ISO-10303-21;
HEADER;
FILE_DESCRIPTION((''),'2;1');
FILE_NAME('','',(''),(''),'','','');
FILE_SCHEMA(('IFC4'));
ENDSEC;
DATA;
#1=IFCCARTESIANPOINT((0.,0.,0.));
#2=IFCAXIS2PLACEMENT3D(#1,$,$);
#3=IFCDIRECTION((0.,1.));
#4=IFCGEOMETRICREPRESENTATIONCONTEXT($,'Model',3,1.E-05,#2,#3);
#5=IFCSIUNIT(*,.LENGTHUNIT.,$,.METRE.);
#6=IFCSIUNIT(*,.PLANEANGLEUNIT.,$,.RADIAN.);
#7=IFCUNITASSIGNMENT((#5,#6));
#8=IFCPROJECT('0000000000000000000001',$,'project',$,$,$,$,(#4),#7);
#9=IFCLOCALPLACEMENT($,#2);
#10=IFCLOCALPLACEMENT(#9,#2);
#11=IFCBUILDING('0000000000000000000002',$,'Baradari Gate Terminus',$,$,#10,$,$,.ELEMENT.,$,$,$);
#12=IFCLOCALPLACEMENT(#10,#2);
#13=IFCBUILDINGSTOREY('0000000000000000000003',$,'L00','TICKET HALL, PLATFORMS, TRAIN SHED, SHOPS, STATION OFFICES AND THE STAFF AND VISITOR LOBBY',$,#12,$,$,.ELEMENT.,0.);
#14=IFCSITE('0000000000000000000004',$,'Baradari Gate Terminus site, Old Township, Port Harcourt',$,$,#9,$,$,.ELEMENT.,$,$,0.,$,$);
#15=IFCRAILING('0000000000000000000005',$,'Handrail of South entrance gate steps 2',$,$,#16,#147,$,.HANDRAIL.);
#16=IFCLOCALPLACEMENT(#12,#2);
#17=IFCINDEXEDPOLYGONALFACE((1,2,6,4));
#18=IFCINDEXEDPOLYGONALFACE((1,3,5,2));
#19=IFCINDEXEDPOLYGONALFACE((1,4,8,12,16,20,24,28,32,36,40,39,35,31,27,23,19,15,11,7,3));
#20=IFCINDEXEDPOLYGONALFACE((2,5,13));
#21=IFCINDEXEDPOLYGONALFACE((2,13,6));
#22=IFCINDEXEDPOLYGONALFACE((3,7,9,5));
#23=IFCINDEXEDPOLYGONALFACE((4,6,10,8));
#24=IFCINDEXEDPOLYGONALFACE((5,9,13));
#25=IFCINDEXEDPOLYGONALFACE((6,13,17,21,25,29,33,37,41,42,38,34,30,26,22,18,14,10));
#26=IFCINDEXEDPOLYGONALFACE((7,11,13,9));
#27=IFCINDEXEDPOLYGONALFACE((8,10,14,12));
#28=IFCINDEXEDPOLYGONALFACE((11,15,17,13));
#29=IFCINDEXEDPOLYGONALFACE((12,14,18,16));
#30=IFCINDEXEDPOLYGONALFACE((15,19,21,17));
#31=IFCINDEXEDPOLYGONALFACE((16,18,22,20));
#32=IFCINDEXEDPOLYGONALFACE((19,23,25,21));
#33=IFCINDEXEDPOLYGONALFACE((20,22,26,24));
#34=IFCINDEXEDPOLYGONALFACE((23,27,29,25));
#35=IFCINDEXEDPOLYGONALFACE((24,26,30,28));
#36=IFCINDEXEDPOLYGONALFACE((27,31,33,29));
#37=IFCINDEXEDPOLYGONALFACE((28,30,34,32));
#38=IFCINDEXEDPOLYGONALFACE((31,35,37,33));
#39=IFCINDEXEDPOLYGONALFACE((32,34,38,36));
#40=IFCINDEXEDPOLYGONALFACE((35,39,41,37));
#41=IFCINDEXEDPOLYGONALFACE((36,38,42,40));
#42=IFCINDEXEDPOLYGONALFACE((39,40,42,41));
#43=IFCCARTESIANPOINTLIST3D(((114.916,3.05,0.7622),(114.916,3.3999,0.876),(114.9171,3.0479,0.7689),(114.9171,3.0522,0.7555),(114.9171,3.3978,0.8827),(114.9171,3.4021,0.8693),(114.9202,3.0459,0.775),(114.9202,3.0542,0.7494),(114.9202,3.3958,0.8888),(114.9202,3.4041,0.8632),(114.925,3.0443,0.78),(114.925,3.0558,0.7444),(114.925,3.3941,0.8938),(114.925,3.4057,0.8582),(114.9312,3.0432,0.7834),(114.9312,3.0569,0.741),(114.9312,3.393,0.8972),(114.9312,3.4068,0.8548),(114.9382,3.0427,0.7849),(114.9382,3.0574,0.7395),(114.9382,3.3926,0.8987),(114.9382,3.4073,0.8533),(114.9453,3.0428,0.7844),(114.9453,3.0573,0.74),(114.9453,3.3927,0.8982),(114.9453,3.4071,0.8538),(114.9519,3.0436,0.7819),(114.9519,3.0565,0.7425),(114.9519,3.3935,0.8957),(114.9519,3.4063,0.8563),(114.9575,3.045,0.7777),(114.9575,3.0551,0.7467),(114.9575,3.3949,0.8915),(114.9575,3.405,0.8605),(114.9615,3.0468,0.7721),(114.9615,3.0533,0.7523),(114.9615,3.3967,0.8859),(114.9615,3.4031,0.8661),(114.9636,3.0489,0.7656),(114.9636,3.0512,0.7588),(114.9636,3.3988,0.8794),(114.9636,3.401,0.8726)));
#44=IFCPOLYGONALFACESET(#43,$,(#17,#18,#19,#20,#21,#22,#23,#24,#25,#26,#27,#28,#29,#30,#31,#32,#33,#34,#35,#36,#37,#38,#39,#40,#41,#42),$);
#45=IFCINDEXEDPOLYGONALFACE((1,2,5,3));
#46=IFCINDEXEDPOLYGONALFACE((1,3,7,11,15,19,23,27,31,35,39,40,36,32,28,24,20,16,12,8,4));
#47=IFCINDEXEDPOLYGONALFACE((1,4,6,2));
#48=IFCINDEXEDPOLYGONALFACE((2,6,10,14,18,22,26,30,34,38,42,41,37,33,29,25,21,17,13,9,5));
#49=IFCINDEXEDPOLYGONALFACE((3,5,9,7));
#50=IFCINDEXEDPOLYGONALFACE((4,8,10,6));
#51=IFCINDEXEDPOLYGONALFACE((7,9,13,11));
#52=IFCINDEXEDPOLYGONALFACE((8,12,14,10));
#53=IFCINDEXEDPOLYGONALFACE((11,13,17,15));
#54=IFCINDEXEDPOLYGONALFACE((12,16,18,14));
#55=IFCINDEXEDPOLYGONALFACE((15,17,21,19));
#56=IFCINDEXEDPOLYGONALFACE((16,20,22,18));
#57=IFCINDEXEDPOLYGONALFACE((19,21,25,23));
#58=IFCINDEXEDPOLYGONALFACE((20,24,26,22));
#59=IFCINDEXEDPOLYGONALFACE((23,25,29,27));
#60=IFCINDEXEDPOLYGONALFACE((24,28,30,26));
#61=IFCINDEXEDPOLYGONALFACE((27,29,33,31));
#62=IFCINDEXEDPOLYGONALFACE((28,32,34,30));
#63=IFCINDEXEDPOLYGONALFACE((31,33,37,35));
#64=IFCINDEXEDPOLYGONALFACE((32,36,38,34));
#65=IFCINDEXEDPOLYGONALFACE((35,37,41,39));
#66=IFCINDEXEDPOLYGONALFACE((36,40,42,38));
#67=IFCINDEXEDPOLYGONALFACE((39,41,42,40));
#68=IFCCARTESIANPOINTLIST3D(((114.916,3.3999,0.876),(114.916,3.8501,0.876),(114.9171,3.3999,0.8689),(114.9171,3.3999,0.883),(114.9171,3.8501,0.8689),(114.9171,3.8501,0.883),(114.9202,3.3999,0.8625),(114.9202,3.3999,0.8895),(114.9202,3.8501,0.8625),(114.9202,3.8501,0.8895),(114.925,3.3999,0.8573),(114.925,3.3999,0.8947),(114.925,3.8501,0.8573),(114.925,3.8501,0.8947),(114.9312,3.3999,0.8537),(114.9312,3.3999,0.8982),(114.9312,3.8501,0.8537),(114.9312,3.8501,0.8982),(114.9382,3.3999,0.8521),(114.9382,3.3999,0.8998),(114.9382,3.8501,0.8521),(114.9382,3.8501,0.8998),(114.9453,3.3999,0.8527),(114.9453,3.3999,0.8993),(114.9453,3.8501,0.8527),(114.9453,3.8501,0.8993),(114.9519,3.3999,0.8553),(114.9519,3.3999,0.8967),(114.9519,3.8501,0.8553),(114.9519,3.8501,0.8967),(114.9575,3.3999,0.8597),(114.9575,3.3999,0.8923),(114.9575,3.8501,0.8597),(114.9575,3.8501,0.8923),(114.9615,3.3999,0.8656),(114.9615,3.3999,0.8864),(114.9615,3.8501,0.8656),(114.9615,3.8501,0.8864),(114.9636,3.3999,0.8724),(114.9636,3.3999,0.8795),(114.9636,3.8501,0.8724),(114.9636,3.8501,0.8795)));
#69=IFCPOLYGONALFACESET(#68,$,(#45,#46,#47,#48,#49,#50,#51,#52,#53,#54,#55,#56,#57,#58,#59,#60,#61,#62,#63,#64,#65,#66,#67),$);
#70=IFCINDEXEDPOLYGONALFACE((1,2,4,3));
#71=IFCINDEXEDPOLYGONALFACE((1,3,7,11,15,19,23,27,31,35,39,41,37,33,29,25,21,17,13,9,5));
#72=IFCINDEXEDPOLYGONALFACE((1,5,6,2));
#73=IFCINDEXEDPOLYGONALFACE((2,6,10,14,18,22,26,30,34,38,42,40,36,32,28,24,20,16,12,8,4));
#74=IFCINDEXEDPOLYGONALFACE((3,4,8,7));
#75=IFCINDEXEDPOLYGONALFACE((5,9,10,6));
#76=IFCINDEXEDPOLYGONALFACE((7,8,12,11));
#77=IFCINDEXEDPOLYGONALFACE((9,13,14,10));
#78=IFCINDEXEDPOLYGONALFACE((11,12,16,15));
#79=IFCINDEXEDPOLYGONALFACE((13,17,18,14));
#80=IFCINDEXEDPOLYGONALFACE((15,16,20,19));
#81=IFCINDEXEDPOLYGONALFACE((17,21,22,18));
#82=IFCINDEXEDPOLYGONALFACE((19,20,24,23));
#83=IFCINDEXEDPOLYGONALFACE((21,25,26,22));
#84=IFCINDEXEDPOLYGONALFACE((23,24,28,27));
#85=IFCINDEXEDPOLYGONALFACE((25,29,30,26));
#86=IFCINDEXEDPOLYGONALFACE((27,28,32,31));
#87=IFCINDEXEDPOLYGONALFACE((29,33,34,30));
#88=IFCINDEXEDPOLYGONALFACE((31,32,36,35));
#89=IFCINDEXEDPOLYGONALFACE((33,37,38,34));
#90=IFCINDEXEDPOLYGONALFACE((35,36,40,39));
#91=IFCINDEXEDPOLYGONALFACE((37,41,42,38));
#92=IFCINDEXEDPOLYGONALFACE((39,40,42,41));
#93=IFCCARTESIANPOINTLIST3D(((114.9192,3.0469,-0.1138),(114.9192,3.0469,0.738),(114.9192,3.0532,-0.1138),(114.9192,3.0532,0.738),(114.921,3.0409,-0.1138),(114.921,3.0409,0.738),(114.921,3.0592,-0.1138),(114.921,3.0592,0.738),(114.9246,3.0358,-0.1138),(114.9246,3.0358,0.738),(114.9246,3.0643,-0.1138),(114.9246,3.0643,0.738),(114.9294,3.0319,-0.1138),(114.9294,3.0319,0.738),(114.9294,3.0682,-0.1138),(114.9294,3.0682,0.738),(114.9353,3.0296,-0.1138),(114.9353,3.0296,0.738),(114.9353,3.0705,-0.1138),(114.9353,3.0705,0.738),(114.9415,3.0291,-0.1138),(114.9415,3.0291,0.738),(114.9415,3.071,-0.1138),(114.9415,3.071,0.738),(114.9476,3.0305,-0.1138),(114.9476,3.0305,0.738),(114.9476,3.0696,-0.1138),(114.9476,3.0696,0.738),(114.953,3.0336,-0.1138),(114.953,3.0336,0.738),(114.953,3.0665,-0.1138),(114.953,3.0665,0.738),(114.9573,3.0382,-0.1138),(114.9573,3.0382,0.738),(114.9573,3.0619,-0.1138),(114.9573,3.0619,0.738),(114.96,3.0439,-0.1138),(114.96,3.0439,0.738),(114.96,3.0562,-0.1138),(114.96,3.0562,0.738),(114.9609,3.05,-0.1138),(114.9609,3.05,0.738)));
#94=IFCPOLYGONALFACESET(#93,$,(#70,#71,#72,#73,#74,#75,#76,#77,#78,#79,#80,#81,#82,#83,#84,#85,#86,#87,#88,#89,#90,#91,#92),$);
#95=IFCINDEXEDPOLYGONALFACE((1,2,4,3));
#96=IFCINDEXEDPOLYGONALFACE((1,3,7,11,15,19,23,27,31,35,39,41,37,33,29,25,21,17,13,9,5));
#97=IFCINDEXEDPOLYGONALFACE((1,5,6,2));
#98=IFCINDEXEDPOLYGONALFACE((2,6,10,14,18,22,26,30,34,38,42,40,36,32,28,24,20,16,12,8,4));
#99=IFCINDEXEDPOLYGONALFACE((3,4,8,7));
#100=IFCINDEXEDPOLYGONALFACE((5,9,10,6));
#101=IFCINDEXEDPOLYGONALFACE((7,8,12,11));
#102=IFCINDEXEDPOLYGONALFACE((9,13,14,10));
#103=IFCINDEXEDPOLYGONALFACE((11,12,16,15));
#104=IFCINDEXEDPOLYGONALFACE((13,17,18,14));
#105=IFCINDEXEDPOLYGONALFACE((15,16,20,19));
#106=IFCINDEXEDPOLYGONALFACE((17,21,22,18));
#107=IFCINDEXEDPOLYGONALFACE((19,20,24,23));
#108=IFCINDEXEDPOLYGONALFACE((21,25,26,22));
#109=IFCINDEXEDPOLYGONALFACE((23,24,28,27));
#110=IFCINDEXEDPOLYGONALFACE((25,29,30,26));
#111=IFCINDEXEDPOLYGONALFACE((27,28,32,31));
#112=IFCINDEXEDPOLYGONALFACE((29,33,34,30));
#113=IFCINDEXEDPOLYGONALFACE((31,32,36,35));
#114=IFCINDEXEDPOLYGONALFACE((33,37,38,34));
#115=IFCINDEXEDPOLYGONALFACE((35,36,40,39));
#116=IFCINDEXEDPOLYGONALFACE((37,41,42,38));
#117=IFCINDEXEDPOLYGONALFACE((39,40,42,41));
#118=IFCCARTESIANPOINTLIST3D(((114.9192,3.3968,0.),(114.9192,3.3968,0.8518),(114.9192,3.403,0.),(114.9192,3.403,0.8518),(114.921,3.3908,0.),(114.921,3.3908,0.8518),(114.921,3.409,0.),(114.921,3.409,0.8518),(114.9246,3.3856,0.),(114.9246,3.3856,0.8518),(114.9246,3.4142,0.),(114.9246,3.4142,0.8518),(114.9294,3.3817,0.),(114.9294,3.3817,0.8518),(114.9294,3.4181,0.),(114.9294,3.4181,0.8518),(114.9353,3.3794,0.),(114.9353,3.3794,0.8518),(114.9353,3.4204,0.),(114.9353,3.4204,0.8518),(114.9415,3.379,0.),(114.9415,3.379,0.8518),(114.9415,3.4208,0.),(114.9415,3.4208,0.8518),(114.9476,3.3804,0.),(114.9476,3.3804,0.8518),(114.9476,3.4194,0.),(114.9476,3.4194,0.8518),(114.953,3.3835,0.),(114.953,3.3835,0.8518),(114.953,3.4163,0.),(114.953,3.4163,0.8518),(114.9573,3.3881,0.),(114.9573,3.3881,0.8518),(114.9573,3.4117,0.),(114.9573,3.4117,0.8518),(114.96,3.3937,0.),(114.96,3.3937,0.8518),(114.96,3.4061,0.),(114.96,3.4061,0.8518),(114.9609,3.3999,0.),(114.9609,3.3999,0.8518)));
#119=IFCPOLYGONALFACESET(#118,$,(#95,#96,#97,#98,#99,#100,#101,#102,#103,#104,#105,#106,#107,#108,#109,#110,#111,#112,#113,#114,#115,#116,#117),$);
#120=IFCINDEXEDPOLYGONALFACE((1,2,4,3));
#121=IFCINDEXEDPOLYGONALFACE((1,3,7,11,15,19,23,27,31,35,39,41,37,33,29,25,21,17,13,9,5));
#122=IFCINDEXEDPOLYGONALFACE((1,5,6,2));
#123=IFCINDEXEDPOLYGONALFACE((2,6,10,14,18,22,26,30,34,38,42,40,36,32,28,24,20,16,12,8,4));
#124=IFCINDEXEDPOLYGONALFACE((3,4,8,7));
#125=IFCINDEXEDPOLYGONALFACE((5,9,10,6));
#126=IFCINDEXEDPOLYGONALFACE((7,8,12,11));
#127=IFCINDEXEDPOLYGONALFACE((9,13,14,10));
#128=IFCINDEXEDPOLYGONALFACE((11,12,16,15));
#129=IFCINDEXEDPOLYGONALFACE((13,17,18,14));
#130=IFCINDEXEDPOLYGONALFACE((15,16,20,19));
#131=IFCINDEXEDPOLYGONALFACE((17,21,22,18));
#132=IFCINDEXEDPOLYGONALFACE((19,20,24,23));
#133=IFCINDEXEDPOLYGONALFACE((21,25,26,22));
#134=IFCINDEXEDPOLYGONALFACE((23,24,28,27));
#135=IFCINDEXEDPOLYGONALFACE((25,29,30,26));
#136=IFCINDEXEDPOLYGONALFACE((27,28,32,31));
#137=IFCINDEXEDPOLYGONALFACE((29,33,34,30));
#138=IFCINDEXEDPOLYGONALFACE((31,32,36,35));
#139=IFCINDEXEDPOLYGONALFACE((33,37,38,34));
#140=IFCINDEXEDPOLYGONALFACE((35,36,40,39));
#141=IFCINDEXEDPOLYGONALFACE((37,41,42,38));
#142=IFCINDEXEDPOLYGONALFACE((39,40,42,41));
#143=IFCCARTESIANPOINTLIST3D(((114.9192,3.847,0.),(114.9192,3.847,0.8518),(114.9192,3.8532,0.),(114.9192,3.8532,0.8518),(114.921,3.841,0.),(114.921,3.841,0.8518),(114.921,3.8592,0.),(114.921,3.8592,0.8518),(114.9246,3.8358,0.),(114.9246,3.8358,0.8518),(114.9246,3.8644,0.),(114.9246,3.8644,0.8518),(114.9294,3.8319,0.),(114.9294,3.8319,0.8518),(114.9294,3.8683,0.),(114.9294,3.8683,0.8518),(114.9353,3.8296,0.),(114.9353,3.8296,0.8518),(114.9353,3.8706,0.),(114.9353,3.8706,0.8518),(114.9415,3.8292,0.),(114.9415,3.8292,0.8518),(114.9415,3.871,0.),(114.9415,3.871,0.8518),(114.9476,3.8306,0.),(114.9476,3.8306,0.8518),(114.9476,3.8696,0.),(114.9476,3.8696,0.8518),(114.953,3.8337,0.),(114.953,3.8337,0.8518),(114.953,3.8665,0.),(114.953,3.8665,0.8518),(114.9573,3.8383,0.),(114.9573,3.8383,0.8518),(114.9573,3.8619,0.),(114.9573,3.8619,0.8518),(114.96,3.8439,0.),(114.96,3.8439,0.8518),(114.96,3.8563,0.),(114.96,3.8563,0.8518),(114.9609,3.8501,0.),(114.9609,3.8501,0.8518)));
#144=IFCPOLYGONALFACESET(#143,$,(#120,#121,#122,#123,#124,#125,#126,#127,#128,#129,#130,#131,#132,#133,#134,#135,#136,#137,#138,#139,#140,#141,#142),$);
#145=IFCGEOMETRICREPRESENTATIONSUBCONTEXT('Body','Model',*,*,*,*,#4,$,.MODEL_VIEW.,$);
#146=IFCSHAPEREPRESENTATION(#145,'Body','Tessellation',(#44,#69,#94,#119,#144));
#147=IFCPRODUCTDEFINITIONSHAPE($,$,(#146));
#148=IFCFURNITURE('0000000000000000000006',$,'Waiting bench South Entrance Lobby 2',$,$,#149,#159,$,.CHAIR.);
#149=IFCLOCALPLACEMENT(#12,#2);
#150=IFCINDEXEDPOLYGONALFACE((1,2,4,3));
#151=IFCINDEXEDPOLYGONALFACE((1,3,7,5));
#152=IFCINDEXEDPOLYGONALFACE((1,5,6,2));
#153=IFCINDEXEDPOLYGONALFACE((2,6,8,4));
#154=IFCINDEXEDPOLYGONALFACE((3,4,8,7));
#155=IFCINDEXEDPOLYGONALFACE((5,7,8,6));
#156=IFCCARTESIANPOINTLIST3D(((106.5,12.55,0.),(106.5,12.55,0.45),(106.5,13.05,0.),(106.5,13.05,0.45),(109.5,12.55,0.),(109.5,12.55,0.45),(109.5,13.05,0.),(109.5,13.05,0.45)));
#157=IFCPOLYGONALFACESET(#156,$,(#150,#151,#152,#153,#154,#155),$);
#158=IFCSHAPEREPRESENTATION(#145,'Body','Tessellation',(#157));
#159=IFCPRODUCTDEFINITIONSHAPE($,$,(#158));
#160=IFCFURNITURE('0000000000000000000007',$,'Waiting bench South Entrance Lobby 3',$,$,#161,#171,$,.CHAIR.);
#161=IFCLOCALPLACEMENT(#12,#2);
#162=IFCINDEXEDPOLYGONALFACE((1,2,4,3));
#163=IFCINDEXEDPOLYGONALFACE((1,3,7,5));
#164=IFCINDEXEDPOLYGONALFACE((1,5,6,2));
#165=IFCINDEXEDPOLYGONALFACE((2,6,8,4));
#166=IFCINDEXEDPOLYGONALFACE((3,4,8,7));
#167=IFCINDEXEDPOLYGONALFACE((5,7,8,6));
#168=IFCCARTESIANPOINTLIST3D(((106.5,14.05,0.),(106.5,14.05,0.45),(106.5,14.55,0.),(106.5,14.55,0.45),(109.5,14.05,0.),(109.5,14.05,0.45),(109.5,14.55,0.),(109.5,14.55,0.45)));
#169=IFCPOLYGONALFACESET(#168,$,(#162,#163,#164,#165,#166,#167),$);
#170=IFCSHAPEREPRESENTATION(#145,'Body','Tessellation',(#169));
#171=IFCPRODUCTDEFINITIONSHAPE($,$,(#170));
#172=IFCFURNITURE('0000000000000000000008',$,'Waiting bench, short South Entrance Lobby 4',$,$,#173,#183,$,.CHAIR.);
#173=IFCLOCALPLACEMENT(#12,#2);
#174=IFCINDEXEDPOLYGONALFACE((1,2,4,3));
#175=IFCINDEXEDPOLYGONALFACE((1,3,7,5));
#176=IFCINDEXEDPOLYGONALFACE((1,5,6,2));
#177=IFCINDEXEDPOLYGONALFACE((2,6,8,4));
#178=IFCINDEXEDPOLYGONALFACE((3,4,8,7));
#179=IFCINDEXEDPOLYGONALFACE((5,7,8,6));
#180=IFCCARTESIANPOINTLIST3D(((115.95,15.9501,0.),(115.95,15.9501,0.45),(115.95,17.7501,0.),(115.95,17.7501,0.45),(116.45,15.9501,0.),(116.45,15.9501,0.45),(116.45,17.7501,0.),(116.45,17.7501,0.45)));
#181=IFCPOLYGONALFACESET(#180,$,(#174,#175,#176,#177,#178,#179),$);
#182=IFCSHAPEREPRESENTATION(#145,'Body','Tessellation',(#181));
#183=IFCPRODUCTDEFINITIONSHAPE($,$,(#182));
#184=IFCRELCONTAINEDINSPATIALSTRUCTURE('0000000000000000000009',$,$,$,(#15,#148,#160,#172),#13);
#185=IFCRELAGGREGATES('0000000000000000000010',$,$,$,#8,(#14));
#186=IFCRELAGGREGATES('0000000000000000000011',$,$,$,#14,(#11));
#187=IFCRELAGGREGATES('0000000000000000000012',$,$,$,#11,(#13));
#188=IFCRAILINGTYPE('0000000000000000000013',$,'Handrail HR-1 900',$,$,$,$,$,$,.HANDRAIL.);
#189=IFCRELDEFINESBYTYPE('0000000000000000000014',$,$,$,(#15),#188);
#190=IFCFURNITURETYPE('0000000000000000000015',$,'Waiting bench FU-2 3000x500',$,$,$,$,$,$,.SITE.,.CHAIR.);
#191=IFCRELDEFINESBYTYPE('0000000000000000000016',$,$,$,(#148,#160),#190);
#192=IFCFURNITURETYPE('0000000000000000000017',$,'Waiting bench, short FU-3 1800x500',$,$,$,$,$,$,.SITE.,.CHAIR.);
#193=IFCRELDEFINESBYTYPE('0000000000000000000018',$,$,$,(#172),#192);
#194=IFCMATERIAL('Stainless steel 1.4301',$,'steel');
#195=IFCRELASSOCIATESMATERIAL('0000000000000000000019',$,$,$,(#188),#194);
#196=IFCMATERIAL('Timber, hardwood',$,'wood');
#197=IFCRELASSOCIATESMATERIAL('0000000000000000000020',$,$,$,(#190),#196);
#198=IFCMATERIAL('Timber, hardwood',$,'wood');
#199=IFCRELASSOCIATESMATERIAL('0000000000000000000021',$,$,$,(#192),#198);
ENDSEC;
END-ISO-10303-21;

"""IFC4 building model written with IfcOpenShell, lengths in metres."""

from ifc_helpers import new_model, si_unit, direction, frame, origin, origin_2d, place, context, subcontext, project, spatial, rectangle, circle, extrude, material, type_object, element, save


model = new_model("IFC4")

# Units and contexts
model_context = context("Model", 3, precision=1e-05, world=origin(), true_north=direction((0.0, 1.0)))
body_context = subcontext(model_context, "Body", "Model", "MODEL_VIEW")
ifc_project = project(units=[si_unit("LENGTHUNIT", "METRE"), si_unit("PLANEANGLEUNIT", "RADIAN")], contexts=[model_context])

# Site, building, storey
site_placement = place(None, origin())
site = spatial("IfcSite", under=ifc_project, at=site_placement, Name="Baradari Gate Terminus site, Old Township, Port Harcourt", CompositionType="ELEMENT", RefElevation=0.0)
building_placement = place(site_placement, origin())
building = spatial("IfcBuilding", under=site, at=building_placement, Name="Baradari Gate Terminus", CompositionType="ELEMENT")
storey_placement = place(building_placement, origin())
storey = spatial("IfcBuildingStorey", under=building, at=storey_placement, Name="L00", Description="TICKET HALL, PLATFORMS, TRAIN SHED, SHOPS, STATION OFFICES AND THE STAFF AND VISITOR LOBBY", CompositionType="ELEMENT", Elevation=0.0)

# Railing
ifc_material_1 = material(Name="Stainless steel 1.4301", Category="steel")
railing_type = type_object("IfcRailingType", Name="Handrail HR-1 900", PredefinedType="HANDRAIL", material=ifc_material_1)
railing_placement = place(storey_placement, frame((114.9399, 3.05, -0.1138)))
element("IfcRailing", 1, at=railing_placement, inside=storey, type_object=railing_type, Name="Handrail of South entrance gate steps 2", PredefinedType="HANDRAIL", context=body_context, shape_type="SweptSolid", body=[
    extrude(circle(Radius=0.0239, at=origin_2d()), frame((0.0, 0.0, 0.876), z_axis=(0.0, 0.95098, 0.309251), x_axis=(-1.0, 0.0, 0.0)), (0.0, 0.0, 1.0), 0.3679),
    extrude(circle(Radius=0.0239, at=origin_2d()), frame((0.0, 0.3499, 0.9897), z_axis=(0.0, 1.0, 0.0), x_axis=(-1.0, 0.0, 0.0)), (0.0, 0.0, 1.0), 0.4502),
    extrude(circle(Radius=0.021, at=origin_2d()), origin(), (0.0, 0.0, 1.0), 0.8518),
    extrude(circle(Radius=0.021, at=origin_2d()), frame((0.0, 0.3499, 0.1138)), (0.0, 0.0, 1.0), 0.8518),
    extrude(circle(Radius=0.021, at=origin_2d()), frame((0.0, 0.8, 0.1138)), (0.0, 0.0, 1.0), 0.8518),
])

# Furniture
ifc_material_2 = material(Name="Timber, hardwood", Category="wood")
furniture_type_1 = type_object("IfcFurnitureType", Name="Waiting bench FU-2 3000x500", AssemblyPlace="SITE", PredefinedType="CHAIR", material=ifc_material_2)
for number, where, z_axis, x_axis, name in (
    (2, (108.0, 12.8, 0.0), (0.0, 0.0, 1.0), (1.0, 0.0, 0.0), "Waiting bench South Entrance Lobby 2"),
    (3, (108.0, 14.3, 0.0), (0.0, 0.0, 1.0), (1.0, 0.0, 0.0), "Waiting bench South Entrance Lobby 3"),
):
    element("IfcFurniture", number, at=place(storey_placement, frame(where, z_axis=z_axis, x_axis=x_axis)), inside=storey, type_object=furniture_type_1, Name=name, PredefinedType="CHAIR", context=body_context, shape_type="SweptSolid", body=[
        extrude(rectangle(XDim=3.0, YDim=0.5, at=origin_2d()), origin(), (0.0, 0.0, 1.0), 0.45),
    ])
ifc_material_3 = material(Name="Timber, hardwood", Category="wood")
furniture_type_2 = type_object("IfcFurnitureType", Name="Waiting bench, short FU-3 1800x500", AssemblyPlace="SITE", PredefinedType="CHAIR", material=ifc_material_3)
furniture_placement = place(storey_placement, frame((116.2, 16.8501, 0.0), z_axis=(0.0, 0.0, 1.0), x_axis=(1.0, 0.0, 0.0)))
element("IfcFurniture", 4, at=furniture_placement, inside=storey, type_object=furniture_type_2, Name="Waiting bench, short South Entrance Lobby 4", PredefinedType="CHAIR", context=body_context, shape_type="SweptSolid", body=[
    extrude(rectangle(XDim=0.5, YDim=1.8, at=origin_2d()), origin(), (0.0, 0.0, 1.0), 0.45),
])

save(model, "model.ifc")
